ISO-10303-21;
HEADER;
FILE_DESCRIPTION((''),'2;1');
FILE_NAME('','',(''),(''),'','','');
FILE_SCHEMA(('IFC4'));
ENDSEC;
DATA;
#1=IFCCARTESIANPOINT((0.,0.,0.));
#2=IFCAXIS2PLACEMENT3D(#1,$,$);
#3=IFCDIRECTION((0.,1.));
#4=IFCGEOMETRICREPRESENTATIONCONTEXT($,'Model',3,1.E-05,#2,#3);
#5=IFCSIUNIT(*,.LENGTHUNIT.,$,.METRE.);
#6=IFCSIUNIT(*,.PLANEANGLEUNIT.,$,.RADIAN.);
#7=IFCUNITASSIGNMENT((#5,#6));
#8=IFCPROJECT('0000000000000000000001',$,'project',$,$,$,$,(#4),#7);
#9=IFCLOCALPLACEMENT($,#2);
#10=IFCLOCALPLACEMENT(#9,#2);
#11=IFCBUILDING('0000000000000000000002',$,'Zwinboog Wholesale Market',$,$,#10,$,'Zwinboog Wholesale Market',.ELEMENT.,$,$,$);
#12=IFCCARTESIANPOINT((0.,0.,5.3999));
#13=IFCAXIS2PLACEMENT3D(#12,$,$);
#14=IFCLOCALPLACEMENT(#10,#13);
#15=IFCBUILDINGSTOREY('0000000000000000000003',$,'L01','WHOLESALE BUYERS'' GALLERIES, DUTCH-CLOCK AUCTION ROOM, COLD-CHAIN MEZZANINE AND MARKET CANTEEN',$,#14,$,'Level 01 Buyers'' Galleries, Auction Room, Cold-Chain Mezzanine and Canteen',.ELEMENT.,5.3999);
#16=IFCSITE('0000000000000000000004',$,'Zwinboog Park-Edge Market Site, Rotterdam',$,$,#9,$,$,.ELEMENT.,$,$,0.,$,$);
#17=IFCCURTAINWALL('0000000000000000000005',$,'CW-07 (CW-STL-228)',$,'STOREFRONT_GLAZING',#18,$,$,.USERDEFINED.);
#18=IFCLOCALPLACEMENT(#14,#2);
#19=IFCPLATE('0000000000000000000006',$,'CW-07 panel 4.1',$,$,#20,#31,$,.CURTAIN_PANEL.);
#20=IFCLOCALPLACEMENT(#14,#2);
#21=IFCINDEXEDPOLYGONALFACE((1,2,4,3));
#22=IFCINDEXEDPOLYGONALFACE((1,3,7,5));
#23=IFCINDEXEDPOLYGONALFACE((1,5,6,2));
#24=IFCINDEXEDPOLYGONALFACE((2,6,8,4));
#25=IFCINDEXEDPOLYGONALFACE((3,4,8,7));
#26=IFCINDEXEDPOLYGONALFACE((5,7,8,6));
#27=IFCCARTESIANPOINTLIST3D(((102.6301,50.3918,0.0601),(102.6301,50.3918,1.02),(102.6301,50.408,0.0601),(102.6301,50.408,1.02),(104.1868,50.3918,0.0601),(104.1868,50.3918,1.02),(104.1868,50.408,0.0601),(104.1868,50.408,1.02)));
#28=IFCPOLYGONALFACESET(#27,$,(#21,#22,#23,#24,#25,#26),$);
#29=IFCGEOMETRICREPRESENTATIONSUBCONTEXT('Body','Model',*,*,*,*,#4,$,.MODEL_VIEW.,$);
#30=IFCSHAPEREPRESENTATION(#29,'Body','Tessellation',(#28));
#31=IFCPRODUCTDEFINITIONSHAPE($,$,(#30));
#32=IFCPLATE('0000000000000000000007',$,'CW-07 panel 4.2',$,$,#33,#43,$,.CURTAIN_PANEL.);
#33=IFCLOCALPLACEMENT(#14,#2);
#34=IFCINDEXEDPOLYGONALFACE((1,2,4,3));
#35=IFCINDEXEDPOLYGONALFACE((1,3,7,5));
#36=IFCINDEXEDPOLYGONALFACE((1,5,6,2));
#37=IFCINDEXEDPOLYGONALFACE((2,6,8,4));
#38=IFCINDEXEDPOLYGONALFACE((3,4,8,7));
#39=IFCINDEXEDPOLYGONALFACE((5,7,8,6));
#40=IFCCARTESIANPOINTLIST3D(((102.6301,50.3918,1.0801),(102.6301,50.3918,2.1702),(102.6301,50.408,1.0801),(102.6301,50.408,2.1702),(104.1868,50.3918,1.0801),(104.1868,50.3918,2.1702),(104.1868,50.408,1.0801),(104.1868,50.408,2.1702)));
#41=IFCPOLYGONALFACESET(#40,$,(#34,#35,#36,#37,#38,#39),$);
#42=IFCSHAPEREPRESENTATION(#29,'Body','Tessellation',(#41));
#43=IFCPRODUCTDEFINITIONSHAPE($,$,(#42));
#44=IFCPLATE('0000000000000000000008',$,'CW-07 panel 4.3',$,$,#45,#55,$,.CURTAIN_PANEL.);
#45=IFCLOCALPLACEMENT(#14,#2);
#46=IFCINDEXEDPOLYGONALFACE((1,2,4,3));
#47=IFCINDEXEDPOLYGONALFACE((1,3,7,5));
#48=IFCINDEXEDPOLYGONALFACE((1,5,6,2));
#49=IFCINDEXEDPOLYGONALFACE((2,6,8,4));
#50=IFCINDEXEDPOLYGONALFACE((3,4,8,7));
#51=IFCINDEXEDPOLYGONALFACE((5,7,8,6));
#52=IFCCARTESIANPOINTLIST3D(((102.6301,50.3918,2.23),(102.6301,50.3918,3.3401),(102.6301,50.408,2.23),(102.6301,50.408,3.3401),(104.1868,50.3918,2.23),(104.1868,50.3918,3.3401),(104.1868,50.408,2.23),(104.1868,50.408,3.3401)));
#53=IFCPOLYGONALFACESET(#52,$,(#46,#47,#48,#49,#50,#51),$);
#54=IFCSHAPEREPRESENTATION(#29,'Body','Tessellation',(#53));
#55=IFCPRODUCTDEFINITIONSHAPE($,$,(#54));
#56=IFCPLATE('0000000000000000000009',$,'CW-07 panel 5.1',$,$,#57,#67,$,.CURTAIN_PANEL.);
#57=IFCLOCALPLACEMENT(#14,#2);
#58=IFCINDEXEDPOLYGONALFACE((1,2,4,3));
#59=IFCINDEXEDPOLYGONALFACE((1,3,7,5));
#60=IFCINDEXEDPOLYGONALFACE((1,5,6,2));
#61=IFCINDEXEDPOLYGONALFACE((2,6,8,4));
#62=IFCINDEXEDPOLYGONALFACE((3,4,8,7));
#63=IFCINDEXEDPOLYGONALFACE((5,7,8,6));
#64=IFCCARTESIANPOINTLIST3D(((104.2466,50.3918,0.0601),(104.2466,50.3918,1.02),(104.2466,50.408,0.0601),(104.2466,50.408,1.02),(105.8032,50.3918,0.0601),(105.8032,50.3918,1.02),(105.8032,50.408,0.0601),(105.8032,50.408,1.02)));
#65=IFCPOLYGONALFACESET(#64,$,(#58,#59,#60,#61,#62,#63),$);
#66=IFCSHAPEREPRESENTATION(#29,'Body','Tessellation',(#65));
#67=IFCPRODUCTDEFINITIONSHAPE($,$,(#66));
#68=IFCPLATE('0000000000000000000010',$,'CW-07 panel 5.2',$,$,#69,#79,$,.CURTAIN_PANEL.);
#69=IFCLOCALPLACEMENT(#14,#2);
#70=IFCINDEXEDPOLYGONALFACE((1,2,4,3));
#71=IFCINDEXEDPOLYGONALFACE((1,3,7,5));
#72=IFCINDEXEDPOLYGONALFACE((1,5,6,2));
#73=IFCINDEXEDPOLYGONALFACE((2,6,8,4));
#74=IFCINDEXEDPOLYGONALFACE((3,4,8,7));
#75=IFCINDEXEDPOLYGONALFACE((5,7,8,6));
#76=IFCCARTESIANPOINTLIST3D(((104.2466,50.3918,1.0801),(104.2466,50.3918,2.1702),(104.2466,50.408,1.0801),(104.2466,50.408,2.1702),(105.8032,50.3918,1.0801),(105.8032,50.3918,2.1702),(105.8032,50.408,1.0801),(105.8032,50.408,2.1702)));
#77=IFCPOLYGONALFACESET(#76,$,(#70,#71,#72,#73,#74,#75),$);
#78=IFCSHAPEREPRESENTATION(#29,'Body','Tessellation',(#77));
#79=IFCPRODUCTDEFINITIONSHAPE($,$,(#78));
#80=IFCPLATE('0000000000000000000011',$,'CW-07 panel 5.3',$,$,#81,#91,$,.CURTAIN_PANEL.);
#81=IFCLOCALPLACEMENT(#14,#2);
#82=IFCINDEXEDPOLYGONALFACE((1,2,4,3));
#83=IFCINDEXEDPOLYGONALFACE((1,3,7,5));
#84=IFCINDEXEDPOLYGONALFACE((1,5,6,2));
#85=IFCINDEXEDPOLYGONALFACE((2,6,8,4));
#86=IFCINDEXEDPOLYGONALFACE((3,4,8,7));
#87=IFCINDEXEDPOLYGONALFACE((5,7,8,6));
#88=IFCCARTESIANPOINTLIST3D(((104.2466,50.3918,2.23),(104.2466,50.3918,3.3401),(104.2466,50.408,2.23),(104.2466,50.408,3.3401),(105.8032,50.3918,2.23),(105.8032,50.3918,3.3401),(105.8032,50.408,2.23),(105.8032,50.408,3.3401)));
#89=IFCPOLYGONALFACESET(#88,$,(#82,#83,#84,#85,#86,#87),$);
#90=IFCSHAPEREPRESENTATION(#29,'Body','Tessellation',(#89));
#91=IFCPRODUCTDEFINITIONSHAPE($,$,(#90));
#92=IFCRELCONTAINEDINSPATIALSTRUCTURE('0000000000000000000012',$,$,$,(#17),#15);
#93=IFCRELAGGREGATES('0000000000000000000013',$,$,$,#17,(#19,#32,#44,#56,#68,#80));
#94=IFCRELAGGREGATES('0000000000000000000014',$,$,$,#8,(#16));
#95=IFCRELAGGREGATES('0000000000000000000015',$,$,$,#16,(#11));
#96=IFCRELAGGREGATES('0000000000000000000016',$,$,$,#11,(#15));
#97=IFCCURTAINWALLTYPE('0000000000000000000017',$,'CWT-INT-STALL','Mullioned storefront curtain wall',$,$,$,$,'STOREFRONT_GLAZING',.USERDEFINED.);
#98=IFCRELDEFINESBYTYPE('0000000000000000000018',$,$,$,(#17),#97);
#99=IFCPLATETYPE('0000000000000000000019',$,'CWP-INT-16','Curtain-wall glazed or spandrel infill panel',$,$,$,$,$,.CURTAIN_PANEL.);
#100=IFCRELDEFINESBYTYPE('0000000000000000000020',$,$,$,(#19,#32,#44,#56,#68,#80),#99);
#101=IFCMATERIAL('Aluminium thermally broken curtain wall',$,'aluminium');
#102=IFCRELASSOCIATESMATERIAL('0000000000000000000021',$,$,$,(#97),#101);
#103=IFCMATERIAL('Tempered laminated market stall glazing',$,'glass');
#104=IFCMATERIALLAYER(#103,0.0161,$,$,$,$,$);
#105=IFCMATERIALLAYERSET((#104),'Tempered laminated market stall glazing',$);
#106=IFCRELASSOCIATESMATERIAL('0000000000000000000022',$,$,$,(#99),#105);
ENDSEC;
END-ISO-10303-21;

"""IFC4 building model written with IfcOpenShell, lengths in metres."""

from ifc_helpers import new_model, si_unit, direction, frame, origin, origin_2d, place, context, subcontext, project, spatial, rectangle, extrude, material, layer, layer_set, type_object, element, aggregate, save


model = new_model("IFC4")

# Units and contexts
model_context = context("Model", 3, precision=1e-05, world=origin(), true_north=direction((0.0, 1.0)))
body_context = subcontext(model_context, "Body", "Model", "MODEL_VIEW")
ifc_project = project(units=[si_unit("LENGTHUNIT", "METRE"), si_unit("PLANEANGLEUNIT", "RADIAN")], contexts=[model_context])

# Site, building, storey
site_placement = place(None, origin())
site = spatial("IfcSite", under=ifc_project, at=site_placement, Name="Zwinboog Park-Edge Market Site, Rotterdam", CompositionType="ELEMENT", RefElevation=0.0)
building_placement = place(site_placement, origin())
building = spatial("IfcBuilding", under=site, at=building_placement, Name="Zwinboog Wholesale Market", LongName="Zwinboog Wholesale Market", CompositionType="ELEMENT")
storey_placement = place(building_placement, frame((0.0, 0.0, 5.3999)))
storey = spatial("IfcBuildingStorey", under=building, at=storey_placement, Name="L01", Description="WHOLESALE BUYERS' GALLERIES, DUTCH-CLOCK AUCTION ROOM, COLD-CHAIN MEZZANINE AND MARKET CANTEEN", LongName="Level 01 Buyers' Galleries, Auction Room, Cold-Chain Mezzanine and Canteen", CompositionType="ELEMENT", Elevation=5.3999)

# Curtain wall
ifc_material_1 = material(Name="Aluminium thermally broken curtain wall", Category="aluminium")
curtain_wall_type_1 = type_object("IfcCurtainWallType", Name="CWT-INT-STALL", Description="Mullioned storefront curtain wall", ElementType="STOREFRONT_GLAZING", PredefinedType="USERDEFINED", material=ifc_material_1)
curtain_wall_1_placement = place(storey_placement, origin())
curtain_wall_1 = element("IfcCurtainWall", 1, at=curtain_wall_1_placement, inside=storey, type_object=curtain_wall_type_1, Name="CW-07 (CW-STL-228)", ObjectType="STOREFRONT_GLAZING", PredefinedType="USERDEFINED")

# Plates
ifc_material_2 = material(Name="Tempered laminated market stall glazing", Category="glass")
ifc_layer_1 = layer(ifc_material_2, 0.0161)
ifc_layer_set_1 = layer_set([ifc_layer_1], Name="Tempered laminated market stall glazing")
plate_type_1 = type_object("IfcPlateType", Name="CWP-INT-16", Description="Curtain-wall glazed or spandrel infill panel", PredefinedType="CURTAIN_PANEL", material=ifc_layer_set_1)
plate_1_placement = place(storey_placement, frame((103.4084, 50.3999, 0.0601), z_axis=(0.0, 0.0, 1.0), x_axis=(1.0, 0.0, 0.0)))
plate_1 = element("IfcPlate", 2, at=plate_1_placement, type_object=plate_type_1, Name="CW-07 panel 4.1", PredefinedType="CURTAIN_PANEL", context=body_context, shape_type="SweptSolid", body=[
    extrude(rectangle(XDim=1.5566, YDim=0.0161, at=origin_2d()), origin(), (0.0, 0.0, 1.0), 0.96),
])
plate_2_placement = place(storey_placement, frame((103.4084, 50.3999, 1.0801), z_axis=(0.0, 0.0, 1.0), x_axis=(1.0, 0.0, 0.0)))
plate_2 = element("IfcPlate", 3, at=plate_2_placement, type_object=plate_type_1, Name="CW-07 panel 4.2", PredefinedType="CURTAIN_PANEL", context=body_context, shape_type="SweptSolid", body=[
    extrude(rectangle(XDim=1.5566, YDim=0.0161, at=origin_2d()), origin(), (0.0, 0.0, 1.0), 1.0901),
])
plate_3_placement = place(storey_placement, frame((103.4084, 50.3999, 2.23), z_axis=(0.0, 0.0, 1.0), x_axis=(1.0, 0.0, 0.0)))
plate_3 = element("IfcPlate", 4, at=plate_3_placement, type_object=plate_type_1, Name="CW-07 panel 4.3", PredefinedType="CURTAIN_PANEL", context=body_context, shape_type="SweptSolid", body=[
    extrude(rectangle(XDim=1.5566, YDim=0.0161, at=origin_2d()), origin(), (0.0, 0.0, 1.0), 1.1101),
])
plate_4_placement = place(storey_placement, frame((105.0249, 50.3999, 0.0601), z_axis=(0.0, 0.0, 1.0), x_axis=(1.0, 0.0, 0.0)))
plate_4 = element("IfcPlate", 5, at=plate_4_placement, type_object=plate_type_1, Name="CW-07 panel 5.1", PredefinedType="CURTAIN_PANEL", context=body_context, shape_type="SweptSolid", body=[
    extrude(rectangle(XDim=1.5566, YDim=0.0161, at=origin_2d()), origin(), (0.0, 0.0, 1.0), 0.96),
])
plate_5_placement = place(storey_placement, frame((105.0249, 50.3999, 1.0801), z_axis=(0.0, 0.0, 1.0), x_axis=(1.0, 0.0, 0.0)))
plate_5 = element("IfcPlate", 6, at=plate_5_placement, type_object=plate_type_1, Name="CW-07 panel 5.2", PredefinedType="CURTAIN_PANEL", context=body_context, shape_type="SweptSolid", body=[
    extrude(rectangle(XDim=1.5566, YDim=0.0161, at=origin_2d()), origin(), (0.0, 0.0, 1.0), 1.0901),
])
plate_6_placement = place(storey_placement, frame((105.0249, 50.3999, 2.23), z_axis=(0.0, 0.0, 1.0), x_axis=(1.0, 0.0, 0.0)))
plate_6 = element("IfcPlate", 7, at=plate_6_placement, type_object=plate_type_1, Name="CW-07 panel 5.3", PredefinedType="CURTAIN_PANEL", context=body_context, shape_type="SweptSolid", body=[
    extrude(rectangle(XDim=1.5566, YDim=0.0161, at=origin_2d()), origin(), (0.0, 0.0, 1.0), 1.1101),
])
aggregate(curtain_wall_1, [plate_1, plate_2, plate_3, plate_4, plate_5, plate_6])

save(model, "model.ifc")
